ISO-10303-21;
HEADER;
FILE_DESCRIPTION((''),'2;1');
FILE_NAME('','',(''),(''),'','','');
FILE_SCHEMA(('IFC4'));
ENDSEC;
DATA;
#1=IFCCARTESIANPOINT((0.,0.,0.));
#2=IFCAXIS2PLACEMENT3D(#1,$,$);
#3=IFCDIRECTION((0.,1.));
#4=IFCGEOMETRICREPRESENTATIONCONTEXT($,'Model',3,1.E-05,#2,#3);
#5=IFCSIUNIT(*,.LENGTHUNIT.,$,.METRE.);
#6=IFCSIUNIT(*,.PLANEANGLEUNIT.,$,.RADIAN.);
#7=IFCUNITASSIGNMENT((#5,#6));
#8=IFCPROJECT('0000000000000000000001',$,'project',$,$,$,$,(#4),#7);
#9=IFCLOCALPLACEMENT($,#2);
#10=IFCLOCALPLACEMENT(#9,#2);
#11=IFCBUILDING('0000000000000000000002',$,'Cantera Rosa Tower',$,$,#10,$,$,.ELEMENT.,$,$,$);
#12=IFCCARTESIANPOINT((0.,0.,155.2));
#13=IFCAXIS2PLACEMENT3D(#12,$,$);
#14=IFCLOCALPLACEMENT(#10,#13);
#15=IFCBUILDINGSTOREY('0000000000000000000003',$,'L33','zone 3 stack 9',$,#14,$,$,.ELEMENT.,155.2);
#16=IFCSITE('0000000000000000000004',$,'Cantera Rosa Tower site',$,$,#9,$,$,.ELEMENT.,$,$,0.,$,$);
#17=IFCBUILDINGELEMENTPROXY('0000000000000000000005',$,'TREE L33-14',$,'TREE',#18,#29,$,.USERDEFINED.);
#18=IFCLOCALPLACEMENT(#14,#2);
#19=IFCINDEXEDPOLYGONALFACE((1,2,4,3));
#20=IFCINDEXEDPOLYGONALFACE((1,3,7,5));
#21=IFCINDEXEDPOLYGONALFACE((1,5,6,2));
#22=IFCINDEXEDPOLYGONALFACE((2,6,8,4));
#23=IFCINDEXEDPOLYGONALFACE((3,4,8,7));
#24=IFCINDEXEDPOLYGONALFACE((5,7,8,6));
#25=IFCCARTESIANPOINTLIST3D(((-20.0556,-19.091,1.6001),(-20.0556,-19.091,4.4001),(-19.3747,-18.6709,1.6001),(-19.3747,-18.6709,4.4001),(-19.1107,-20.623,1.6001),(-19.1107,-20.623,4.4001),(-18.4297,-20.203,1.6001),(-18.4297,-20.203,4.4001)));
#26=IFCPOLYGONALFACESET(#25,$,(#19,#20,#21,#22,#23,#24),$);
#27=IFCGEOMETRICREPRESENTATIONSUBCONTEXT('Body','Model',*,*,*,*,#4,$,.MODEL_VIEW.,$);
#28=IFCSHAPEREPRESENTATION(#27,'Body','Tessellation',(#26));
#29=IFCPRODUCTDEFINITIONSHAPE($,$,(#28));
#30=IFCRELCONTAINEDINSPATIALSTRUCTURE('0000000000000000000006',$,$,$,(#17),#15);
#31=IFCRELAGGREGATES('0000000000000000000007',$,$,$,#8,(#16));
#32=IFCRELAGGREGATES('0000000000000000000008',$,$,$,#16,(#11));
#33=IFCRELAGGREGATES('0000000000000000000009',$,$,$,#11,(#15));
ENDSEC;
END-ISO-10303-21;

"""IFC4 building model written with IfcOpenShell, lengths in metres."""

from ifc_helpers import new_model, si_unit, direction, frame, origin, origin_2d, place, context, subcontext, project, spatial, rectangle, extrude, element, save


model = new_model("IFC4")

# Units and contexts
model_context = context("Model", 3, precision=1e-05, world=origin(), true_north=direction((0.0, 1.0)))
body_context = subcontext(model_context, "Body", "Model", "MODEL_VIEW")
ifc_project = project(units=[si_unit("LENGTHUNIT", "METRE"), si_unit("PLANEANGLEUNIT", "RADIAN")], contexts=[model_context])

# Site, building, storey
site_placement = place(None, origin())
site = spatial("IfcSite", under=ifc_project, at=site_placement, Name="Cantera Rosa Tower site", CompositionType="ELEMENT", RefElevation=0.0)
building_placement = place(site_placement, origin())
building = spatial("IfcBuilding", under=site, at=building_placement, Name="Cantera Rosa Tower", CompositionType="ELEMENT")
storey_placement = place(building_placement, frame((0.0, 0.0, 155.2)))
storey = spatial("IfcBuildingStorey", under=building, at=storey_placement, Name="L33", Description="zone 3 stack 9", CompositionType="ELEMENT", Elevation=155.2)

# Building element proxy
proxy_placement = place(storey_placement, frame((-19.2427, -19.647, 1.6001), z_axis=(0.0, 0.0, 1.0), x_axis=(0.524977, -0.851117, 0.0)))
element("IfcBuildingElementProxy", 1, at=proxy_placement, inside=storey, Name="TREE L33-14", ObjectType="TREE", PredefinedType="USERDEFINED", context=body_context, shape_type="SweptSolid", body=[
    extrude(rectangle(XDim=1.8, YDim=0.8, at=origin_2d()), origin(), (0.0, 0.0, 1.0), 2.8),
])

save(model, "model.ifc")
